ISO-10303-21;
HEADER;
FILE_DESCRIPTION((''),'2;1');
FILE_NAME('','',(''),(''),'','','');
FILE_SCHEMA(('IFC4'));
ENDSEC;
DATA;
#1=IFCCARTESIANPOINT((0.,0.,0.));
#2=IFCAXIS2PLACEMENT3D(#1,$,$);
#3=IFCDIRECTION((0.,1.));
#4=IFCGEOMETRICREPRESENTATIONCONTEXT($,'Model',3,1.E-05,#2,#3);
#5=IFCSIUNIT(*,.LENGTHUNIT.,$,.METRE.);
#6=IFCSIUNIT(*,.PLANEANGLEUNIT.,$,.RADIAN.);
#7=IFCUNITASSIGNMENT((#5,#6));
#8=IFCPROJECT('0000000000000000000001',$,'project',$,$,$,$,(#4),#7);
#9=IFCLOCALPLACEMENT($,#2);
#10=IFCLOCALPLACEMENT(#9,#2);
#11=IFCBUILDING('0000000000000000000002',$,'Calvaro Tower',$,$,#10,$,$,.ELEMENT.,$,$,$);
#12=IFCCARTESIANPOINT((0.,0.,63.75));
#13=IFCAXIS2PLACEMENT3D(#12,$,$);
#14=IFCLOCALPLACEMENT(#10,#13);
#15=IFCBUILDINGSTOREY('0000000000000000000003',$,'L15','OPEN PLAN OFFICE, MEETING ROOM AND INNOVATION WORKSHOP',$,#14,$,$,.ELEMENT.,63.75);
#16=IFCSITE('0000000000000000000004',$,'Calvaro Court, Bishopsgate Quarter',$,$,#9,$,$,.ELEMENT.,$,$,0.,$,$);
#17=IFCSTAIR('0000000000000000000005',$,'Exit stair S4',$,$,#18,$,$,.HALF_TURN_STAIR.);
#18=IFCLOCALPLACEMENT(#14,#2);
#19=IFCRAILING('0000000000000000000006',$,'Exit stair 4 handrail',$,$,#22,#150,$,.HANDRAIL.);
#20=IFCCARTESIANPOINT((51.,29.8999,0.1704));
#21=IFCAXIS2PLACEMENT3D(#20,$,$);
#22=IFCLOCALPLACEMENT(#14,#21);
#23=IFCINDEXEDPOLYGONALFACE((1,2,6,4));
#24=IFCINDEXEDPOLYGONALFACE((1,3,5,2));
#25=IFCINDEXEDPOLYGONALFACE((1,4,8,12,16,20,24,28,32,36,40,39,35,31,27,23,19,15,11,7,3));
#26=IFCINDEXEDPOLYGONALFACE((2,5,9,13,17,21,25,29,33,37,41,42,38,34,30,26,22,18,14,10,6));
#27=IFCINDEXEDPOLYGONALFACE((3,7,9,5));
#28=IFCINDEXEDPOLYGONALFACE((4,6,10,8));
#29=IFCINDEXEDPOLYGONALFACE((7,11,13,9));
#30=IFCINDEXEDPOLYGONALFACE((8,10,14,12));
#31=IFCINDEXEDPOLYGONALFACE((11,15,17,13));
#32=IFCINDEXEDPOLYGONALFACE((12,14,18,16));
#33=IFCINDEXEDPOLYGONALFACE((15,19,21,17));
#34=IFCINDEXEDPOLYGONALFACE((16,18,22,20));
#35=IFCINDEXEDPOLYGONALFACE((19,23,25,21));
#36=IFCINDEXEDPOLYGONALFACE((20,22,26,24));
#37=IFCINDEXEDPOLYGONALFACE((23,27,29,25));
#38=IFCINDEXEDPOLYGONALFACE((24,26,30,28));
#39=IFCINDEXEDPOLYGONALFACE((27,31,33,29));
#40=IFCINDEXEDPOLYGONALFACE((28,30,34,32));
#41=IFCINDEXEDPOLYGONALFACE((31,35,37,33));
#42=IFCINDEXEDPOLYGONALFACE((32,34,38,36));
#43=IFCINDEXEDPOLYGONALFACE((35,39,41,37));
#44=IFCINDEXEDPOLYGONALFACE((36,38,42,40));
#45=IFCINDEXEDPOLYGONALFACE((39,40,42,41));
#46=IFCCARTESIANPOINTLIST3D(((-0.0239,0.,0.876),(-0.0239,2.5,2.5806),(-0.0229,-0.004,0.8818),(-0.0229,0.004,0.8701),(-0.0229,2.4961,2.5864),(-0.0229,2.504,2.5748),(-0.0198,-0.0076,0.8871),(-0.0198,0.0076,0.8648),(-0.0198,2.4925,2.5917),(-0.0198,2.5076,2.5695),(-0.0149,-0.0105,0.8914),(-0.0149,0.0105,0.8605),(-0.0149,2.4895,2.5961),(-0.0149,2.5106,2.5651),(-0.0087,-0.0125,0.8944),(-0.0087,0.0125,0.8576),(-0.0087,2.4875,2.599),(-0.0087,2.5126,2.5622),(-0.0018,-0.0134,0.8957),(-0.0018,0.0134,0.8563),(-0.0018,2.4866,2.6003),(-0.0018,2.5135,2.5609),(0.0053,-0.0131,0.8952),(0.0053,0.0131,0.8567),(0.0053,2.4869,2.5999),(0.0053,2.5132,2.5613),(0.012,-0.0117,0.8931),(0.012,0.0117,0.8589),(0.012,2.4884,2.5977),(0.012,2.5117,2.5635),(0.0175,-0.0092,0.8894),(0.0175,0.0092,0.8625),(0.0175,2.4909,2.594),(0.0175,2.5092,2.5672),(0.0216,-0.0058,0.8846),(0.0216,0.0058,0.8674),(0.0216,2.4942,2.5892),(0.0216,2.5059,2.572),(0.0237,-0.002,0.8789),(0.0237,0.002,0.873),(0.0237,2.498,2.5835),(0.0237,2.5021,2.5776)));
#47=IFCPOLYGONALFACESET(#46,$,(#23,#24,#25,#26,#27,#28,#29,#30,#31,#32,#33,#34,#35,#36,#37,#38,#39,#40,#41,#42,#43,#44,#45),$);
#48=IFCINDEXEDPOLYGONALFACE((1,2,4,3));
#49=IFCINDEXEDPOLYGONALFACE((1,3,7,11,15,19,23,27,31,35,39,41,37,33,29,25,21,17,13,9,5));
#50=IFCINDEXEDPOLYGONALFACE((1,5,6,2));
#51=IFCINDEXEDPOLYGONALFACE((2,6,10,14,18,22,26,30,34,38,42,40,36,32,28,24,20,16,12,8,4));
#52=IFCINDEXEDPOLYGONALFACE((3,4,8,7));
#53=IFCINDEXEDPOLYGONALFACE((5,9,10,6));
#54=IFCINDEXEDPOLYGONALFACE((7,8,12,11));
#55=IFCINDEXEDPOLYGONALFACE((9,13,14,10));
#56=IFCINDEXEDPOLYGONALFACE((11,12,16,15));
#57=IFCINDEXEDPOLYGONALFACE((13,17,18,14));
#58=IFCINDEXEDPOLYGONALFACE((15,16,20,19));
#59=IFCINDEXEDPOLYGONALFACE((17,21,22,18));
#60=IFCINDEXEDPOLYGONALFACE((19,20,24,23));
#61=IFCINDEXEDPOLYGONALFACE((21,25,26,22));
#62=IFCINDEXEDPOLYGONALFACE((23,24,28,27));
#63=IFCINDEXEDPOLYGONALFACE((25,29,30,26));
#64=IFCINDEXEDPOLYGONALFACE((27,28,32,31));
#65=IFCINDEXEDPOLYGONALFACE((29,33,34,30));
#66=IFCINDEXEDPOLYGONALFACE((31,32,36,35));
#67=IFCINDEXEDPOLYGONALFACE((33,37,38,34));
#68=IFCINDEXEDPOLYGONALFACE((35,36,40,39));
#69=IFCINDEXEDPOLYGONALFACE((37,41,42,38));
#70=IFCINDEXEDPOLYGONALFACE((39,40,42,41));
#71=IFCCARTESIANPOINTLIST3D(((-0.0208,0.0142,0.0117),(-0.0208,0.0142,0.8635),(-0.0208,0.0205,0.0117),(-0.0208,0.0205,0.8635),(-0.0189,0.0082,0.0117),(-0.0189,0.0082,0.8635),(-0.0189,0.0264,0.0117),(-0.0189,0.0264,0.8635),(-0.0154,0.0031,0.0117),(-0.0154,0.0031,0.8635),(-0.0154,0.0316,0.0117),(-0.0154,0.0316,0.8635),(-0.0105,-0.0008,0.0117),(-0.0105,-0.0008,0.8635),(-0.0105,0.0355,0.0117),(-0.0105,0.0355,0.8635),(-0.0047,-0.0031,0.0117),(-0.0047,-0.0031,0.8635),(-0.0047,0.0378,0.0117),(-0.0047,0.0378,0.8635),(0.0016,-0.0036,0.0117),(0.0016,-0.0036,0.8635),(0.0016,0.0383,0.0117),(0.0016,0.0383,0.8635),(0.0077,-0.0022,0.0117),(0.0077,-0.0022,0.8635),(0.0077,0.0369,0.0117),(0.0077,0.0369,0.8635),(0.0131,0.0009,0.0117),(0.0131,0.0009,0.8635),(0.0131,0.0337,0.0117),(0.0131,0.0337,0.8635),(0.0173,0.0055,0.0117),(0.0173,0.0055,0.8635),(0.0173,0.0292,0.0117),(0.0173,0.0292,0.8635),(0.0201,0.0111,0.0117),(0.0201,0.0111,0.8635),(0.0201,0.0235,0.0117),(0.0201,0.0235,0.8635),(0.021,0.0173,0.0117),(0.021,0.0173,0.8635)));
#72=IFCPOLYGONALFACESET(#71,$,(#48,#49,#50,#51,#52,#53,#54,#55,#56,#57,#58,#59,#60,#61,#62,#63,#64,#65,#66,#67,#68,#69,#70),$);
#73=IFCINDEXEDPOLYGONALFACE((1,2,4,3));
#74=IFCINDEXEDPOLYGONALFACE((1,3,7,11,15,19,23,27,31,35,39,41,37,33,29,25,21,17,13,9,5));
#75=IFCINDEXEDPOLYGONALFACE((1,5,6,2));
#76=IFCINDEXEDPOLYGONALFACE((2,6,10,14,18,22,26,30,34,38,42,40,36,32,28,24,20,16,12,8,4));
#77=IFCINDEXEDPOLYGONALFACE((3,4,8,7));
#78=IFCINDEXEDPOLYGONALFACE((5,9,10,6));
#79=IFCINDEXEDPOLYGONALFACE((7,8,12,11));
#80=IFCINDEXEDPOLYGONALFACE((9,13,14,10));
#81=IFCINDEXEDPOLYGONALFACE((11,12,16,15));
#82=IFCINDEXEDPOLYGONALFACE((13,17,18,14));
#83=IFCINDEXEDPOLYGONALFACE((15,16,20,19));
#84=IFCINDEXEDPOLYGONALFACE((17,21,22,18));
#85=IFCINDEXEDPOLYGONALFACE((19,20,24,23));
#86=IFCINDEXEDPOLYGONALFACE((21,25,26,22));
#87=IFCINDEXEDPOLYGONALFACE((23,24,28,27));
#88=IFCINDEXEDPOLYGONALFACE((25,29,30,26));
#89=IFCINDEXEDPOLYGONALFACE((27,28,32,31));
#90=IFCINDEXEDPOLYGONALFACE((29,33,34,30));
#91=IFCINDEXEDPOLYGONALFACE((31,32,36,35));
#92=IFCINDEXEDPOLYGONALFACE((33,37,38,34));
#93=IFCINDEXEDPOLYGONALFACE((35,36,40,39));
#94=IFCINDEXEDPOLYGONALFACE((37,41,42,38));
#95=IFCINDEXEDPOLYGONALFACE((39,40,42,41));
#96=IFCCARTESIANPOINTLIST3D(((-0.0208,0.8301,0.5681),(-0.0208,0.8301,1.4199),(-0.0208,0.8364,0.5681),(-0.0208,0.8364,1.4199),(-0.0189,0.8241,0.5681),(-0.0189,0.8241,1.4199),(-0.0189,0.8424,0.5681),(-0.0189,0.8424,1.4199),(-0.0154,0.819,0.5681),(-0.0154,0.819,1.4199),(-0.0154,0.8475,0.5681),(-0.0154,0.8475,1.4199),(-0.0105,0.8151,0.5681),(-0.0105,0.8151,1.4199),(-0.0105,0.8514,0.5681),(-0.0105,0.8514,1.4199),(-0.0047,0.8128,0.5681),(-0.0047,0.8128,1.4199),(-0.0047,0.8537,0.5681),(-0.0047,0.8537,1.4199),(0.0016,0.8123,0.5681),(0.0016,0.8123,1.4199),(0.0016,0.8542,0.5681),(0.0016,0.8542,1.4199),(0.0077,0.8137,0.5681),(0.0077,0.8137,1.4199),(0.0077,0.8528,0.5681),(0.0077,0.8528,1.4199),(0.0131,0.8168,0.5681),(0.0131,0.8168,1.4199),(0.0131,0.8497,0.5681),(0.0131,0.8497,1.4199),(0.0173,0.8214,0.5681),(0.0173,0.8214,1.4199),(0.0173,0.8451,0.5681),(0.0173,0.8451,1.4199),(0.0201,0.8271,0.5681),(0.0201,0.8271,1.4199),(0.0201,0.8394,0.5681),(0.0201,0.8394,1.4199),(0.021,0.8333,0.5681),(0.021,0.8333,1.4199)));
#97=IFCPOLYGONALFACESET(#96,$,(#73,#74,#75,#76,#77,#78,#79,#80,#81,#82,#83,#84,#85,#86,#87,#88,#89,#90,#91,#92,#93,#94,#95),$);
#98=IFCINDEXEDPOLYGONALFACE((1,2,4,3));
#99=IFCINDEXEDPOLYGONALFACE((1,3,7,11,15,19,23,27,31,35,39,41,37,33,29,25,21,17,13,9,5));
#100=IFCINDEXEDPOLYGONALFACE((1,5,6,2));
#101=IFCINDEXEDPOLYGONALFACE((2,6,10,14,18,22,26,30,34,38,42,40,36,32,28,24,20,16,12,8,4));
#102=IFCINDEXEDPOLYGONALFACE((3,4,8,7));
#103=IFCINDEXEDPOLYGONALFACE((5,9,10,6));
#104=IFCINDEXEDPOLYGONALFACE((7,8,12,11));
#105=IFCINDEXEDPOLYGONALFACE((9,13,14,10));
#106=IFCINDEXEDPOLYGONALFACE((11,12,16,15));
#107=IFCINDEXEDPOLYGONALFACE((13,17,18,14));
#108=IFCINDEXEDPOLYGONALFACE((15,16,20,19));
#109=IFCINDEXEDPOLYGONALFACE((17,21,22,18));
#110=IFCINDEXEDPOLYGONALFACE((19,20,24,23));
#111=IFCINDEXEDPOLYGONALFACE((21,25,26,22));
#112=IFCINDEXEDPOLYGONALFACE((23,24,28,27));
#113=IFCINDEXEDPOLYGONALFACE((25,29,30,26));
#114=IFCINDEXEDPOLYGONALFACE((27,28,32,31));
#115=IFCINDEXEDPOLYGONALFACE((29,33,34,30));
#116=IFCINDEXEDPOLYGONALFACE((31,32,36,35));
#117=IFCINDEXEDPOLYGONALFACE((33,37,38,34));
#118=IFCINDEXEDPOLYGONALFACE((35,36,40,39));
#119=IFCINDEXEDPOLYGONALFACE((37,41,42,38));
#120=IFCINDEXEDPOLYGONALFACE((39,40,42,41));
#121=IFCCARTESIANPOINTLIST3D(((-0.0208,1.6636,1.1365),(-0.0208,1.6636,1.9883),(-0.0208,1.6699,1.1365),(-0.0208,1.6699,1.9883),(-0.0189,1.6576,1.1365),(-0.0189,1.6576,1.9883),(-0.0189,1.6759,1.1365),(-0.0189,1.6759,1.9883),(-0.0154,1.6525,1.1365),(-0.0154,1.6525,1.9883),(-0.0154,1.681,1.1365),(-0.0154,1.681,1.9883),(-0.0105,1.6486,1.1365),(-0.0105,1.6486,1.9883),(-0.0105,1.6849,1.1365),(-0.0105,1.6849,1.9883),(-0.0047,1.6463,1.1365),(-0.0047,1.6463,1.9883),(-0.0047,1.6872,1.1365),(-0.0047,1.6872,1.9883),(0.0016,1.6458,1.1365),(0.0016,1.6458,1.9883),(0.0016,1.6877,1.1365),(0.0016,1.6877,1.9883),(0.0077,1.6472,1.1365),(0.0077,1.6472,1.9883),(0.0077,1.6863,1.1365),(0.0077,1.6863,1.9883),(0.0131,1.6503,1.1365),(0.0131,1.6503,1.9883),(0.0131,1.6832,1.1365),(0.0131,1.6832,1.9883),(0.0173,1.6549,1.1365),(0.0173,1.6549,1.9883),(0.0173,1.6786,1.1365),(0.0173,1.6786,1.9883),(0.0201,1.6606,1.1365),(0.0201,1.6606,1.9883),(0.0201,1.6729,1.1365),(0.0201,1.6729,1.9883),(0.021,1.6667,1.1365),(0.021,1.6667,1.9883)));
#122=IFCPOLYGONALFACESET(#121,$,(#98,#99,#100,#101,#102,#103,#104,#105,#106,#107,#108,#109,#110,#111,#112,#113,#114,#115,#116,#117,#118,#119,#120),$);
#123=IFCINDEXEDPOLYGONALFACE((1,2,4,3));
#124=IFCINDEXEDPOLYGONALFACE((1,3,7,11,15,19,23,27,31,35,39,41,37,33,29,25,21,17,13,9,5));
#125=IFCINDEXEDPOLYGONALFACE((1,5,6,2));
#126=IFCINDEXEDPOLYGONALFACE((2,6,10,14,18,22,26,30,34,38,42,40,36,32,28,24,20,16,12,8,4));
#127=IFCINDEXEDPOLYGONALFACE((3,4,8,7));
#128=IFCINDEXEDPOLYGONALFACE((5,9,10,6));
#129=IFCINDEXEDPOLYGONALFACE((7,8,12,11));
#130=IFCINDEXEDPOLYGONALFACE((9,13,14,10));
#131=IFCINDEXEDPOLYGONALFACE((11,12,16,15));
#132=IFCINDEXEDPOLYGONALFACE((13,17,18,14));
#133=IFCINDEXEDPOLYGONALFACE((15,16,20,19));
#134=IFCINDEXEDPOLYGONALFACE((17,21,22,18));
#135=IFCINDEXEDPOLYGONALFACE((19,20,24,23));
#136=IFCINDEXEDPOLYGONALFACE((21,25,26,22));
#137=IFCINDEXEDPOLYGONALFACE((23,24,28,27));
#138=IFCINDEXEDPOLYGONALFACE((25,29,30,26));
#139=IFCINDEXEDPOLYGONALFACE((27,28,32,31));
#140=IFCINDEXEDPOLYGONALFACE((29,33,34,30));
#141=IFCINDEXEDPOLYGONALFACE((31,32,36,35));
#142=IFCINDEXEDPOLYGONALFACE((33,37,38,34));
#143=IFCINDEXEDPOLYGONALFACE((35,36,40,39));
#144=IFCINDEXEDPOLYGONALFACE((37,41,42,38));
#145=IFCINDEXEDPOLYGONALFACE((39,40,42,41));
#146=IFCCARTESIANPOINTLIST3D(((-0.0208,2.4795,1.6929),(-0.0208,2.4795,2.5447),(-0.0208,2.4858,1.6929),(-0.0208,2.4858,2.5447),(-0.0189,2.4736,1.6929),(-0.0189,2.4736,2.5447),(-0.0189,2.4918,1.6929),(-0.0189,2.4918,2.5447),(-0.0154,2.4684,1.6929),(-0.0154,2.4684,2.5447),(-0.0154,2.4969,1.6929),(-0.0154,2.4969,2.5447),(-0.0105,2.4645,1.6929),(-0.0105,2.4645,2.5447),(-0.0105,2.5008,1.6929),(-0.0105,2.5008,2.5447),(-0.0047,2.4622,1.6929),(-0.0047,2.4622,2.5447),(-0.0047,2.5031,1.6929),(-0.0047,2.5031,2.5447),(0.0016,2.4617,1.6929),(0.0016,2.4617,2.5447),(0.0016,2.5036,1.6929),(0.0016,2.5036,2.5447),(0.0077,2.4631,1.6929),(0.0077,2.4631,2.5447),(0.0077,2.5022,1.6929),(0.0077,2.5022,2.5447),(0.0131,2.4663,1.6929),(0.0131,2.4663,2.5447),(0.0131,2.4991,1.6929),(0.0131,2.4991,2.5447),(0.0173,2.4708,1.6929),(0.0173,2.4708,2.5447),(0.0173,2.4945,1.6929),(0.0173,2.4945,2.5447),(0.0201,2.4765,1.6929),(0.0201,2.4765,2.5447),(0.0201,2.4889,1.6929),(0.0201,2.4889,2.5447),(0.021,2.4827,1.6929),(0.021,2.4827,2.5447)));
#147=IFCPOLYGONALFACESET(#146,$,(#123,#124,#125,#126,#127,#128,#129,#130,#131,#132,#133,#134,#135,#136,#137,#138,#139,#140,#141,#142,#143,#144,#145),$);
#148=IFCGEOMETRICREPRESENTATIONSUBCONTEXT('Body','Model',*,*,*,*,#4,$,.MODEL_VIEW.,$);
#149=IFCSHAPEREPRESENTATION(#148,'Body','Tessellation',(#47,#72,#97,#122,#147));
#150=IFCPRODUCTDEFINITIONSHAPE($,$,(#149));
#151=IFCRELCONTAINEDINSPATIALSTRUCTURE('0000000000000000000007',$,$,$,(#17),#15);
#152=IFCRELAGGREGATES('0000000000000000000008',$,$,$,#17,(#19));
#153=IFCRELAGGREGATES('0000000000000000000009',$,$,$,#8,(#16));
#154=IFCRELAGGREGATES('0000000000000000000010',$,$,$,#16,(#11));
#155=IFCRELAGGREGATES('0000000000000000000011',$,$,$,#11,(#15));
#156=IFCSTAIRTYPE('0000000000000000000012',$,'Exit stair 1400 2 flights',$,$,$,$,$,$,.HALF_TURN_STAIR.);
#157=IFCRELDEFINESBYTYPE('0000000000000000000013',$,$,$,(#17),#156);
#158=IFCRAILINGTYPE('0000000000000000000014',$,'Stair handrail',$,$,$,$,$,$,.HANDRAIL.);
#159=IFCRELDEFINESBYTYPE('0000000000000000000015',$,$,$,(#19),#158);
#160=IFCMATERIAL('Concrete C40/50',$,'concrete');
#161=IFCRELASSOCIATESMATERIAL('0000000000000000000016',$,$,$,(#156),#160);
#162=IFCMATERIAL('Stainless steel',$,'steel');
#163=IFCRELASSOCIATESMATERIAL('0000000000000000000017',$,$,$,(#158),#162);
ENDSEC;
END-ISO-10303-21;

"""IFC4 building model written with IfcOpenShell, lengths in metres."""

from ifc_helpers import new_model, si_unit, direction, frame, origin, origin_2d, place, context, subcontext, project, spatial, circle, extrude, material, type_object, element, aggregate, save


model = new_model("IFC4")

# Units and contexts
model_context = context("Model", 3, precision=1e-05, world=origin(), true_north=direction((0.0, 1.0)))
body_context = subcontext(model_context, "Body", "Model", "MODEL_VIEW")
ifc_project = project(units=[si_unit("LENGTHUNIT", "METRE"), si_unit("PLANEANGLEUNIT", "RADIAN")], contexts=[model_context])

# Site, building, storey
site_placement = place(None, origin())
site = spatial("IfcSite", under=ifc_project, at=site_placement, Name="Calvaro Court, Bishopsgate Quarter", CompositionType="ELEMENT", RefElevation=0.0)
building_placement = place(site_placement, origin())
building = spatial("IfcBuilding", under=site, at=building_placement, Name="Calvaro Tower", CompositionType="ELEMENT")
storey_placement = place(building_placement, frame((0.0, 0.0, 63.75)))
storey = spatial("IfcBuildingStorey", under=building, at=storey_placement, Name="L15", Description="OPEN PLAN OFFICE, MEETING ROOM AND INNOVATION WORKSHOP", CompositionType="ELEMENT", Elevation=63.75)

# Stair
ifc_material_1 = material(Name="Concrete C40/50", Category="concrete")
stair_type = type_object("IfcStairType", Name="Exit stair 1400 2 flights", PredefinedType="HALF_TURN_STAIR", material=ifc_material_1)
stair_1_placement = place(storey_placement, origin())
stair_1 = element("IfcStair", 1, at=stair_1_placement, inside=storey, type_object=stair_type, Name="Exit stair S4", PredefinedType="HALF_TURN_STAIR")

# Railing
ifc_material_2 = material(Name="Stainless steel", Category="steel")
railing_type = type_object("IfcRailingType", Name="Stair handrail", PredefinedType="HANDRAIL", material=ifc_material_2)
railing_1_placement = place(storey_placement, frame((51.0, 29.8999, 0.1704)))
railing_1 = element("IfcRailing", 2, at=railing_1_placement, type_object=railing_type, Name="Exit stair 4 handrail", PredefinedType="HANDRAIL", context=body_context, shape_type="SweptSolid", body=[
    extrude(circle(Radius=0.0239, at=origin_2d()), frame((0.0, 0.0, 0.876), z_axis=(0.0, 0.826221, 0.563347), x_axis=(-1.0, 0.0, 0.0)), (0.0, 0.0, 1.0), 3.0259),
    extrude(circle(Radius=0.021, at=origin_2d()), frame((0.0, 0.0173, 0.0117)), (0.0, 0.0, 1.0), 0.8518),
    extrude(circle(Radius=0.021, at=origin_2d()), frame((0.0, 0.8333, 0.5681)), (0.0, 0.0, 1.0), 0.8518),
    extrude(circle(Radius=0.021, at=origin_2d()), frame((0.0, 1.6667, 1.1365)), (0.0, 0.0, 1.0), 0.8518),
    extrude(circle(Radius=0.021, at=origin_2d()), frame((0.0, 2.4827, 1.6929)), (0.0, 0.0, 1.0), 0.8518),
])
aggregate(stair_1, [railing_1])

save(model, "model.ifc")
